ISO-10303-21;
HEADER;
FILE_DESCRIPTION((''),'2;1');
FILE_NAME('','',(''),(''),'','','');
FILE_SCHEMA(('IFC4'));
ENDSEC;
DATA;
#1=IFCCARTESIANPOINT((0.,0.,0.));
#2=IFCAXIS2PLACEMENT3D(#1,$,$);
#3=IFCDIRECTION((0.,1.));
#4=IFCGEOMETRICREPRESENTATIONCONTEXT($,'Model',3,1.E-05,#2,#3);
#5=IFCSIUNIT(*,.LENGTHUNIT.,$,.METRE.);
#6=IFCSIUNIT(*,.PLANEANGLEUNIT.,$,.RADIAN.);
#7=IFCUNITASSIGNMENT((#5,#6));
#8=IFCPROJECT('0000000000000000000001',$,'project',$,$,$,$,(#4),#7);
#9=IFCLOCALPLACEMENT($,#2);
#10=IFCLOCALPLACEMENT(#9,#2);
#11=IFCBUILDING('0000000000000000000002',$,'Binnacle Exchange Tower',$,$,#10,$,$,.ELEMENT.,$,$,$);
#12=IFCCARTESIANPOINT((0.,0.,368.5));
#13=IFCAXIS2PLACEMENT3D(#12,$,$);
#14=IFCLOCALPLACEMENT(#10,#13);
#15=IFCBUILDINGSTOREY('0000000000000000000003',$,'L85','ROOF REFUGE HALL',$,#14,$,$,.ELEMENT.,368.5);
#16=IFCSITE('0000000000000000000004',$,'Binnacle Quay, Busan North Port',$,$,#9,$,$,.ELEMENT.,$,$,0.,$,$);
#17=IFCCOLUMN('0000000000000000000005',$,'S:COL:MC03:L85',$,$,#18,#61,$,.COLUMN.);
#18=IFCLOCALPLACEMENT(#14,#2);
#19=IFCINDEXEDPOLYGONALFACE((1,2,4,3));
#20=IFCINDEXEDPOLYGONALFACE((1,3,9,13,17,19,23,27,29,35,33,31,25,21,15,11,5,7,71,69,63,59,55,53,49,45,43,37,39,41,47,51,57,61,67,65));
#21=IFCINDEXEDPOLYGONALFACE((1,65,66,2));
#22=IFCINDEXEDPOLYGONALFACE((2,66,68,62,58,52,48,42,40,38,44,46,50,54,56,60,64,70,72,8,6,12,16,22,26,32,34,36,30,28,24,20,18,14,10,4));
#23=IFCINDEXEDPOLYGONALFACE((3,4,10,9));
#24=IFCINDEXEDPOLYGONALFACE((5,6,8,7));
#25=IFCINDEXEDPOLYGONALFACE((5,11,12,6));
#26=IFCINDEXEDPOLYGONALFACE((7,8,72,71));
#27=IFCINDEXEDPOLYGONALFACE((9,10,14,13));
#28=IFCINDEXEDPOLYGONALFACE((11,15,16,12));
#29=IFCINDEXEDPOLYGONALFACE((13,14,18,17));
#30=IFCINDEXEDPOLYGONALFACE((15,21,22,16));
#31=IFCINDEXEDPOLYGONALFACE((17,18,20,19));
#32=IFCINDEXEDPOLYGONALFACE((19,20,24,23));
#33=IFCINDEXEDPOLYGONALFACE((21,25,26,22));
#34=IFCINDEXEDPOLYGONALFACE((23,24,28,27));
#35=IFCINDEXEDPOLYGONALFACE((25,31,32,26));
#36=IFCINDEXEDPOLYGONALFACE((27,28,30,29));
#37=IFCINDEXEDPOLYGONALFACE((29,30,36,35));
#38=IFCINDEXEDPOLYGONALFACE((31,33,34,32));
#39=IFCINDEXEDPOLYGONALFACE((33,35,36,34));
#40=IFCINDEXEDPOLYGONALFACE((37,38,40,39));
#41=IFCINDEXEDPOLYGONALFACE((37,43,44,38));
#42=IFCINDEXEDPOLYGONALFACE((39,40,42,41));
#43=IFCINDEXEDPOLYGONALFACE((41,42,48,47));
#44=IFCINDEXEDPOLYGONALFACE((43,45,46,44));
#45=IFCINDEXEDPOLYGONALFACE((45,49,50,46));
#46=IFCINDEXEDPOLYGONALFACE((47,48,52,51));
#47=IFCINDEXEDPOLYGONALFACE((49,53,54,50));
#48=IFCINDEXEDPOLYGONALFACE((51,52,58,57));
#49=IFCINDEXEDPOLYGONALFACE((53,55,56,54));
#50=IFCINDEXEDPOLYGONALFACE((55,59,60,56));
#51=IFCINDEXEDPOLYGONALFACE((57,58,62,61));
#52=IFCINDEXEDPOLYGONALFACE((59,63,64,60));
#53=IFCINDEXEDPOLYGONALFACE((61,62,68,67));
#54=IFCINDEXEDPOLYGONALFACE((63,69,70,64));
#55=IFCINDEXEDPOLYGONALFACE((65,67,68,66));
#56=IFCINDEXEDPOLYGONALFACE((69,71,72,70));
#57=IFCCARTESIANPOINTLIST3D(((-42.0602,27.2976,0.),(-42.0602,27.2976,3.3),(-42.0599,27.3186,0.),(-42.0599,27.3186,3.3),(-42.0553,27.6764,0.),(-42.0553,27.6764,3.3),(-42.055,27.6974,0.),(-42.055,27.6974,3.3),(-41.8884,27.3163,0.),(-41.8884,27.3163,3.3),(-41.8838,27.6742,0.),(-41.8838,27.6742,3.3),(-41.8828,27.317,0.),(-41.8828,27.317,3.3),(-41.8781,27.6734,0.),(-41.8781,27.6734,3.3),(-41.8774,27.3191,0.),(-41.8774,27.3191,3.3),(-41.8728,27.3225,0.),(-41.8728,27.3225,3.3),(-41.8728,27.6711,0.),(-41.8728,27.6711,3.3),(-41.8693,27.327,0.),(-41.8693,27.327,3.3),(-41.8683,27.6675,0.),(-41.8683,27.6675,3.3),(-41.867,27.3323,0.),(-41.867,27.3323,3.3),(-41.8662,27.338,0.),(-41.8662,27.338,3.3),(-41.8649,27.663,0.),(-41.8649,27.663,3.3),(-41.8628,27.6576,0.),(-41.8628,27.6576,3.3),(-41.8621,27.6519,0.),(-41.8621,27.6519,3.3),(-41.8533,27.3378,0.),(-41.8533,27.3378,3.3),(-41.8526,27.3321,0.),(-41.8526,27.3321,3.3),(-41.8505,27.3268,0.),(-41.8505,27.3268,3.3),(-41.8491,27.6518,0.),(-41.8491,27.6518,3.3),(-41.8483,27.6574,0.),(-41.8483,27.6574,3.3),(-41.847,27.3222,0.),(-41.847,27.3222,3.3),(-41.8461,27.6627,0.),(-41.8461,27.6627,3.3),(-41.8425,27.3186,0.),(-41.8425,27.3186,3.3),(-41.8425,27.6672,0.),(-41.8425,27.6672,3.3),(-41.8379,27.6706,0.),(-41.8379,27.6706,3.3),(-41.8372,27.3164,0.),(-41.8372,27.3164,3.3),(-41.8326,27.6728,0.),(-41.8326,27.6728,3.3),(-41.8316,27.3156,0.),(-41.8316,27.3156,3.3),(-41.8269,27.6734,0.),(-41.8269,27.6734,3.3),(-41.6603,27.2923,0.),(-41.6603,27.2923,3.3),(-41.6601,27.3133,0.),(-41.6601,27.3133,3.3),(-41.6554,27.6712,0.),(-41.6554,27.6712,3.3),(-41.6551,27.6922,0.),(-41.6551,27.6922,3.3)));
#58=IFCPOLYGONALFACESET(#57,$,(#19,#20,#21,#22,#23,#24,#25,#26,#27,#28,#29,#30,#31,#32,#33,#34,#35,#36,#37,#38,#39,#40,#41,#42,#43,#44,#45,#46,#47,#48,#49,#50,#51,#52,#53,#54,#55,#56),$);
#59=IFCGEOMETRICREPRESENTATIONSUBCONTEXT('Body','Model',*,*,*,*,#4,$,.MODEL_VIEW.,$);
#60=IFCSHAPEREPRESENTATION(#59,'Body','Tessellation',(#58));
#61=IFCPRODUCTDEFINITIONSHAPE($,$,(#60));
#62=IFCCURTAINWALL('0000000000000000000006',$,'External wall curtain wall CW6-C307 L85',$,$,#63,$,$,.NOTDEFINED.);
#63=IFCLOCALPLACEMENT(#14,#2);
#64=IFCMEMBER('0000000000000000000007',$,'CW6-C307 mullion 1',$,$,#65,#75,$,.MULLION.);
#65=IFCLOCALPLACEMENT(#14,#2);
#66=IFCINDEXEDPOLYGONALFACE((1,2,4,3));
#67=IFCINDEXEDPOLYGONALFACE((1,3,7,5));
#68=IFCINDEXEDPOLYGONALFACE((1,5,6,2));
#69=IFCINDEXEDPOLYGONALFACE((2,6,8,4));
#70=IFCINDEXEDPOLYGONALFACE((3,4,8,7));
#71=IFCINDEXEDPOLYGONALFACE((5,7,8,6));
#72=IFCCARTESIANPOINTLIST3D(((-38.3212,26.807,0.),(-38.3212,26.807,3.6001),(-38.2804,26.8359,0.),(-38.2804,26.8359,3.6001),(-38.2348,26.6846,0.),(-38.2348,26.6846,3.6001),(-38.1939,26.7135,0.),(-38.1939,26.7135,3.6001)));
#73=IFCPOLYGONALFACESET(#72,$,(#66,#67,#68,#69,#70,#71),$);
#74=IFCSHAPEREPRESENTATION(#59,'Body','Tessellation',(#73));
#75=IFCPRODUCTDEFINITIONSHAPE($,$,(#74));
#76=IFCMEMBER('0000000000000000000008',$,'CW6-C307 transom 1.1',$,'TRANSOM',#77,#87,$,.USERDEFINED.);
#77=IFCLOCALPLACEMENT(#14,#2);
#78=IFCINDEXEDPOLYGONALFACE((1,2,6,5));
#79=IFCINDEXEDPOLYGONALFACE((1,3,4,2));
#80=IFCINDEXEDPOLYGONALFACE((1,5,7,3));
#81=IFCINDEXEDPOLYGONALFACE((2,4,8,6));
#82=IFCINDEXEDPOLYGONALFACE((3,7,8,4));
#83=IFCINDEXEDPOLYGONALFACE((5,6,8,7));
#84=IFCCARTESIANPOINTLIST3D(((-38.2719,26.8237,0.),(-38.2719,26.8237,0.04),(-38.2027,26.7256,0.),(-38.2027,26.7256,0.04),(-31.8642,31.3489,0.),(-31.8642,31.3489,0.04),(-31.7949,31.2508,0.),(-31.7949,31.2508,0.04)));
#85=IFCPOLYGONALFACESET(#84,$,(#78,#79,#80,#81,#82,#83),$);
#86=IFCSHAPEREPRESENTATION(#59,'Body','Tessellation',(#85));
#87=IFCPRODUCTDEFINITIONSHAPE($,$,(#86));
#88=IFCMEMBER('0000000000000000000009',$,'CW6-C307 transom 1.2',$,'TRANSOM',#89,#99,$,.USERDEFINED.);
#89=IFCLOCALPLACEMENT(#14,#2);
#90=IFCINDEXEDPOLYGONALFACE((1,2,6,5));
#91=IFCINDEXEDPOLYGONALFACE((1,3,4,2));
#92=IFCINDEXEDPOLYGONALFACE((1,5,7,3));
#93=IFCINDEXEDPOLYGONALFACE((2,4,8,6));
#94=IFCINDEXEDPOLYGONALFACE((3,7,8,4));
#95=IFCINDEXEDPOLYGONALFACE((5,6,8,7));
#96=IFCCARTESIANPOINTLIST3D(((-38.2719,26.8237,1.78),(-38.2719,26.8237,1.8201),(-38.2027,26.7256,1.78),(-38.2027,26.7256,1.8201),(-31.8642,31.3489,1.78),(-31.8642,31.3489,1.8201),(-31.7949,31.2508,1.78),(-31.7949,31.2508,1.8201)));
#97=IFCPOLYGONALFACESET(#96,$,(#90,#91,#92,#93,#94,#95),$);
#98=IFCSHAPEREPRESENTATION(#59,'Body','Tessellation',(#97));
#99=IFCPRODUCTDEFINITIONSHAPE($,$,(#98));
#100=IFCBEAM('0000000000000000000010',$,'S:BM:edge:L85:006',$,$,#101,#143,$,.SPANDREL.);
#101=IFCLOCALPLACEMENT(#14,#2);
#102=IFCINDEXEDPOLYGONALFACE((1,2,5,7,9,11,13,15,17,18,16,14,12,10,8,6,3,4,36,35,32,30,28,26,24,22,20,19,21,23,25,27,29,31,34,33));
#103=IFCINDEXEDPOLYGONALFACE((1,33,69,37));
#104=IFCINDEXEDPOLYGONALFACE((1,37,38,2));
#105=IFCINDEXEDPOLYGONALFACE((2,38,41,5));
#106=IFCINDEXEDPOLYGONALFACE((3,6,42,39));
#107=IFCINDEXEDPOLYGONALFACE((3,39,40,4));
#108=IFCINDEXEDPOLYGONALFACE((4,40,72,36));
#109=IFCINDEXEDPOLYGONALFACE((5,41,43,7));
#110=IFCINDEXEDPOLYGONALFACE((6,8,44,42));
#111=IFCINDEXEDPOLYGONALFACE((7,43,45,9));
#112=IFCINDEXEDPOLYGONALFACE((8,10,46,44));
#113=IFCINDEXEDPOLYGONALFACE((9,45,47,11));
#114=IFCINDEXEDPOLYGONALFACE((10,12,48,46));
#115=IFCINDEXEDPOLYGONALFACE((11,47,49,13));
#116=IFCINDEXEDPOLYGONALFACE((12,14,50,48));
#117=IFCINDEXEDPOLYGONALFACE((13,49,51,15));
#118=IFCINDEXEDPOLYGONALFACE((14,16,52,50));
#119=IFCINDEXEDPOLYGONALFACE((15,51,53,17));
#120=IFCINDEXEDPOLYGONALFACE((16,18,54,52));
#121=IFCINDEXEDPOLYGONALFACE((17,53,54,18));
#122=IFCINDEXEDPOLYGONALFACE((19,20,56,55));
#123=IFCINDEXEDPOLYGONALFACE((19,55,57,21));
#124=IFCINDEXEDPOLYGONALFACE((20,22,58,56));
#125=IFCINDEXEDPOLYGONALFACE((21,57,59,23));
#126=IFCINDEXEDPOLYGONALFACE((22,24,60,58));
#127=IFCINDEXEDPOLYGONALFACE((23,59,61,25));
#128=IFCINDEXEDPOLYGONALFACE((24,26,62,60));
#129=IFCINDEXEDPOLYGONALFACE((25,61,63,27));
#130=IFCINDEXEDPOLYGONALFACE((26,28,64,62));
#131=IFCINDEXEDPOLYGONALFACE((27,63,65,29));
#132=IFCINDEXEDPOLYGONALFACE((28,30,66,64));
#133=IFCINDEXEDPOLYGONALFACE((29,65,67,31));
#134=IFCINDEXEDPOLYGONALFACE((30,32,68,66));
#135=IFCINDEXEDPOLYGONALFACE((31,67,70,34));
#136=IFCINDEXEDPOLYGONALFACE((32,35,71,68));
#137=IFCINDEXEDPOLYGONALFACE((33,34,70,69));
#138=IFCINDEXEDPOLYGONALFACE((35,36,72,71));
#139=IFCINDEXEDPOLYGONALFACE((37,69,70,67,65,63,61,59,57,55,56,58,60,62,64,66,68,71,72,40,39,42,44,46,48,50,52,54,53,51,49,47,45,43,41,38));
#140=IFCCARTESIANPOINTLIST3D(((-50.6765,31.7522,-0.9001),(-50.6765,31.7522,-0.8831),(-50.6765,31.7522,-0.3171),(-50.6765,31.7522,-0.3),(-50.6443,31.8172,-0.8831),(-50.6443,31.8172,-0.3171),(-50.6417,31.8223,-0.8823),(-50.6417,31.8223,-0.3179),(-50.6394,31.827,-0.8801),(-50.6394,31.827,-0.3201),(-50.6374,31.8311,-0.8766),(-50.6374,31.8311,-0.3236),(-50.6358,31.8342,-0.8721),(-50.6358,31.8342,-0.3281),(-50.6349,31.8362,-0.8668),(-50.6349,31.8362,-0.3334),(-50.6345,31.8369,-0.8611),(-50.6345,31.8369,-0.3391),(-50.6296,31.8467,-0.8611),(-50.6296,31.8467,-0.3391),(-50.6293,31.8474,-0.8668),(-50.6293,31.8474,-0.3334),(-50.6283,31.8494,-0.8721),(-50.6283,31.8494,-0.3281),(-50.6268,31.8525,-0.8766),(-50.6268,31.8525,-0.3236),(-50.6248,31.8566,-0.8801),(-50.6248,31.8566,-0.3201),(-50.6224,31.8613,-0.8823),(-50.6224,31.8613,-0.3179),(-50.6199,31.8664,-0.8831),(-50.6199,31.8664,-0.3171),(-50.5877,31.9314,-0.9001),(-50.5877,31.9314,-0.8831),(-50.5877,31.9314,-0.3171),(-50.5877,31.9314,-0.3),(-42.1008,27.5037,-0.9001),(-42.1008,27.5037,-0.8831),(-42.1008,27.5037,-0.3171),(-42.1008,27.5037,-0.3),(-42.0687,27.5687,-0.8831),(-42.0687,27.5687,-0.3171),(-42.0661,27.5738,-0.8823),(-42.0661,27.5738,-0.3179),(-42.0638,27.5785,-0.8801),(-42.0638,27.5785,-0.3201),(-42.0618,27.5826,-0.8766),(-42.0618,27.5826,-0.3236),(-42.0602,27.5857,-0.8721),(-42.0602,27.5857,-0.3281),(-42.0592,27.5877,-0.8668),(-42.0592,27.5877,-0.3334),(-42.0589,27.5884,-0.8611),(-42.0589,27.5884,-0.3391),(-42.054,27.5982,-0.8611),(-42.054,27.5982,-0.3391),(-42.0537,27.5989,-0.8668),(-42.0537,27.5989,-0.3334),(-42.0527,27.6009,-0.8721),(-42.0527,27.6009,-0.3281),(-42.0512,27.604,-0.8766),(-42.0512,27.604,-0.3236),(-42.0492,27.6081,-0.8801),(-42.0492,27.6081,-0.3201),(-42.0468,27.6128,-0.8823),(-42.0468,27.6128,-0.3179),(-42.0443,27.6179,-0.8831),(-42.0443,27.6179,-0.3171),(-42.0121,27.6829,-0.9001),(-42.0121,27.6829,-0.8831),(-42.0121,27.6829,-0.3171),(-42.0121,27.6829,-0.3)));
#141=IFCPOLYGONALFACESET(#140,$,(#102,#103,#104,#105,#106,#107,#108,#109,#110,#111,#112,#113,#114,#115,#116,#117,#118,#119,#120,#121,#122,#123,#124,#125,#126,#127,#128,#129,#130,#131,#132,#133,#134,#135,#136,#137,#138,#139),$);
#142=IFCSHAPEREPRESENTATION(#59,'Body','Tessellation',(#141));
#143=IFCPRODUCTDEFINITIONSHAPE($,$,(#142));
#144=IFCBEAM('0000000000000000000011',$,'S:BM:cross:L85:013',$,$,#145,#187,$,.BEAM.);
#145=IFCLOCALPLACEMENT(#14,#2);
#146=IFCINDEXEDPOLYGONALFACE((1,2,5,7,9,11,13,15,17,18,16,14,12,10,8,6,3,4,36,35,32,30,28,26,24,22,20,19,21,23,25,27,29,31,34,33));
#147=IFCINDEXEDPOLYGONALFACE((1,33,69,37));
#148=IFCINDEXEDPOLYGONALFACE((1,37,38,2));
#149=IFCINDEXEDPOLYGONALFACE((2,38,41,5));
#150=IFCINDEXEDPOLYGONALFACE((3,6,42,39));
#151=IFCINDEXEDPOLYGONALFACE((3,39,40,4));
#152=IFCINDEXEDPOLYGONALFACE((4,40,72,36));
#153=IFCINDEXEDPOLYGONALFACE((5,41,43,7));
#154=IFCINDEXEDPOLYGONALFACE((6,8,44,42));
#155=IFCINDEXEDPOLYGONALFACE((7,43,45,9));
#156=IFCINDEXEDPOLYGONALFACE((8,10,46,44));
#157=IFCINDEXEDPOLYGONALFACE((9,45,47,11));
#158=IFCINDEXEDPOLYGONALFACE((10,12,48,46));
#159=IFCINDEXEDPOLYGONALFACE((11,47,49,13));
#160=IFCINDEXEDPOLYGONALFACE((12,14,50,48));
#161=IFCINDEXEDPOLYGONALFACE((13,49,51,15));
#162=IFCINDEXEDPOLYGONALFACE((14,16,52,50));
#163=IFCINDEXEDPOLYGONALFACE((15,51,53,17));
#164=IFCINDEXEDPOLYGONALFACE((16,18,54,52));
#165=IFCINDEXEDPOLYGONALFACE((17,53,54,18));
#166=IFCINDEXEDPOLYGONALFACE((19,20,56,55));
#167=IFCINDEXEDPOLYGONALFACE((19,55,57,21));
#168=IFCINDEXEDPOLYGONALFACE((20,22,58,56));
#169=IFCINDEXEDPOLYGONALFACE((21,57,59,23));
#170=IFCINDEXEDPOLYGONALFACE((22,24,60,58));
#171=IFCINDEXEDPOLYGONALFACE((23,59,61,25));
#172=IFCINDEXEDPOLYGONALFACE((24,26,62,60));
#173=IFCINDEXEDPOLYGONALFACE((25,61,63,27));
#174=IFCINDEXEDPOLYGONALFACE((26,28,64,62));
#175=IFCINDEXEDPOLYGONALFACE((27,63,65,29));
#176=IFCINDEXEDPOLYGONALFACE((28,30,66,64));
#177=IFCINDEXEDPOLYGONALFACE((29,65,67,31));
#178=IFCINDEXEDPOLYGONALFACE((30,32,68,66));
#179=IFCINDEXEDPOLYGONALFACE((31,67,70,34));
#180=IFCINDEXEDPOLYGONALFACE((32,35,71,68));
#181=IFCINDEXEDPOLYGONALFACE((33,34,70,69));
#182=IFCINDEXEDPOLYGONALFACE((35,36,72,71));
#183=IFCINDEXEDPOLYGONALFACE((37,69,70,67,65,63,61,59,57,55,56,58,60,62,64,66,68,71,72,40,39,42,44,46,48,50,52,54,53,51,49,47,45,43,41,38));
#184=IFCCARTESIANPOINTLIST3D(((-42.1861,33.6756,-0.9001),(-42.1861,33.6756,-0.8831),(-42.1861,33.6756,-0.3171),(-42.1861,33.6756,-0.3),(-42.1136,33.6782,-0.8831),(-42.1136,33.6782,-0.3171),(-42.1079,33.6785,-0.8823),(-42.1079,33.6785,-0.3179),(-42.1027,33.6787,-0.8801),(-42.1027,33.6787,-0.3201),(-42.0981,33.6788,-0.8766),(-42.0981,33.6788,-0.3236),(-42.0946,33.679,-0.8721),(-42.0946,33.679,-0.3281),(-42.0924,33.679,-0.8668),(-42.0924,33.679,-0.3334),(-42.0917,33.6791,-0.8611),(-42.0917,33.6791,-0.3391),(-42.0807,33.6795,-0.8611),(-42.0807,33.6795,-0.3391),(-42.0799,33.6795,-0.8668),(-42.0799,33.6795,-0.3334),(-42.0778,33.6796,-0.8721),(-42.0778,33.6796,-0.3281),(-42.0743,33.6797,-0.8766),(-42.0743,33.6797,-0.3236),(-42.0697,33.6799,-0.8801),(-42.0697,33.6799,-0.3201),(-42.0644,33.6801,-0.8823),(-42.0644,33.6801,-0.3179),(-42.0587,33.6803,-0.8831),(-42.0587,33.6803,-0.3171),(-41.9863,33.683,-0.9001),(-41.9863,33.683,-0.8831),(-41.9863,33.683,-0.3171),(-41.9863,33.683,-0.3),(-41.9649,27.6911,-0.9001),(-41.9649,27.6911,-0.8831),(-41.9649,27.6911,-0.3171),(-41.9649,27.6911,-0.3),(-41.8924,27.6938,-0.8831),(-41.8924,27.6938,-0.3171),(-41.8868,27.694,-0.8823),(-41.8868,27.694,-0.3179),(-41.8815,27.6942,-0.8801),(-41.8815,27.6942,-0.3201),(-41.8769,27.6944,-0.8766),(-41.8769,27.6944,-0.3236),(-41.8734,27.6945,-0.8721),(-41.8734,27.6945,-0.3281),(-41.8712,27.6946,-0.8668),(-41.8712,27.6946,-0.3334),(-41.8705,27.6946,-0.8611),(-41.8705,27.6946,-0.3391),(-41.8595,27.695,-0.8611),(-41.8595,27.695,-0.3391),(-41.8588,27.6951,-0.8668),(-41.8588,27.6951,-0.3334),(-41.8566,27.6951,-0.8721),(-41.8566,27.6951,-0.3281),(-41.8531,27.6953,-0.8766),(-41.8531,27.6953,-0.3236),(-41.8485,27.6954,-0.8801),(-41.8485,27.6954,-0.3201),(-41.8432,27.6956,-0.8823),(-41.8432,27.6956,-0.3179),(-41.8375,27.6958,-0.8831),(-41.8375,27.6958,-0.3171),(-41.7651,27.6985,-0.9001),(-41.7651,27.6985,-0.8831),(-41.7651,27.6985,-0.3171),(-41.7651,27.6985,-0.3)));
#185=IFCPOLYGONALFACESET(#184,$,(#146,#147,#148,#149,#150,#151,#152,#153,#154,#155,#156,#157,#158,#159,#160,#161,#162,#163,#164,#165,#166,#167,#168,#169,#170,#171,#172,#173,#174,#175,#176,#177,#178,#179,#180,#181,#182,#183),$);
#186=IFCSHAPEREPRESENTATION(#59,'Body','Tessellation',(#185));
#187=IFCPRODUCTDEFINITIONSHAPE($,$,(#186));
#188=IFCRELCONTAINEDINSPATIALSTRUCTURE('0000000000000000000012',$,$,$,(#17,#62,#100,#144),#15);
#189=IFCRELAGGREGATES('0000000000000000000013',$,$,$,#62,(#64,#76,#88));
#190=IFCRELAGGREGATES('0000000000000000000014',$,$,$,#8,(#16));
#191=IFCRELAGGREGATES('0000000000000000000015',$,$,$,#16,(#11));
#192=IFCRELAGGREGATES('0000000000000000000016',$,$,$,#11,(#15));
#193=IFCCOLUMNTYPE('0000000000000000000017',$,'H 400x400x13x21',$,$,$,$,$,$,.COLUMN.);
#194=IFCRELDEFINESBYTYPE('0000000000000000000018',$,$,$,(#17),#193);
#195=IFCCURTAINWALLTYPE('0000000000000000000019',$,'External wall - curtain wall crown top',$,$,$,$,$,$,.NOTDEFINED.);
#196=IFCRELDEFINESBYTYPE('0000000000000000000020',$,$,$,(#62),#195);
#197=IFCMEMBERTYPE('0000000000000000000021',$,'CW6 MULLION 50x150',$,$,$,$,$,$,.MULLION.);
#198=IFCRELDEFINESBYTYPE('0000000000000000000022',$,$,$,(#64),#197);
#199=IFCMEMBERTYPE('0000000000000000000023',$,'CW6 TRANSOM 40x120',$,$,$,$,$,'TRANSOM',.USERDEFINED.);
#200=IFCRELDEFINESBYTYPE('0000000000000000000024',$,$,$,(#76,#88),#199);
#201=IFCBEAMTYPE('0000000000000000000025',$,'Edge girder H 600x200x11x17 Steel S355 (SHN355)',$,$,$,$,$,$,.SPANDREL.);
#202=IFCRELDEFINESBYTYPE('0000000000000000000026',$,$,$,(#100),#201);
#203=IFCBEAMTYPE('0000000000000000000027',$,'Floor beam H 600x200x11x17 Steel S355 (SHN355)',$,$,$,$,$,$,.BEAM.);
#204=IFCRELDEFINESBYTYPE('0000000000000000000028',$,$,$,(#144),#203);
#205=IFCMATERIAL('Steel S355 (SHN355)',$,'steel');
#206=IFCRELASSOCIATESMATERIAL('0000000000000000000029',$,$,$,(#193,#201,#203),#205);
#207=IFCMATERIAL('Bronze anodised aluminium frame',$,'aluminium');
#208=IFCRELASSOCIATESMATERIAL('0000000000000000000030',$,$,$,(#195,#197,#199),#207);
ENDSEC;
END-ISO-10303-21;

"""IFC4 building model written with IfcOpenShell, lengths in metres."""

from ifc_helpers import new_model, si_unit, direction, frame, origin, origin_2d, place, context, subcontext, project, spatial, rectangle, i_section, extrude, material, material_profile, profile_set, type_object, element, aggregate, save


model = new_model("IFC4")

# Units and contexts
model_context = context("Model", 3, precision=1e-05, world=origin(), true_north=direction((0.0, 1.0)))
body_context = subcontext(model_context, "Body", "Model", "MODEL_VIEW")
ifc_project = project(units=[si_unit("LENGTHUNIT", "METRE"), si_unit("PLANEANGLEUNIT", "RADIAN")], contexts=[model_context])

# Site, building, storey
site_placement = place(None, origin())
site = spatial("IfcSite", under=ifc_project, at=site_placement, Name="Binnacle Quay, Busan North Port", CompositionType="ELEMENT", RefElevation=0.0)
building_placement = place(site_placement, origin())
building = spatial("IfcBuilding", under=site, at=building_placement, Name="Binnacle Exchange Tower", CompositionType="ELEMENT")
storey_placement = place(building_placement, frame((0.0, 0.0, 368.5)))
storey = spatial("IfcBuildingStorey", under=building, at=storey_placement, Name="L85", Description="ROOF REFUGE HALL", CompositionType="ELEMENT", Elevation=368.5)

# Column
ifc_material_1 = material(Name="Steel S355 (SHN355)", Category="steel")
ifc_material_profile_1 = material_profile(ifc_material_1, i_section(OverallWidth=0.3999, OverallDepth=0.3999, WebThickness=0.0129, FlangeThickness=0.021, FilletRadius=0.022, at=origin_2d()), Name="H 400x400x13x21")
ifc_profile_set_1 = profile_set([ifc_material_profile_1], Name="Steel S355 (SHN355)")
column_type = type_object("IfcColumnType", Name="H 400x400x13x21", PredefinedType="COLUMN", material=ifc_profile_set_1)
column_placement = place(storey_placement, frame((-41.8577, 27.4949, 0.0), z_axis=(0.0, 0.0, 1.0), x_axis=(0.999914, -0.01309, 0.0)))
element("IfcColumn", 1, at=column_placement, inside=storey, type_object=column_type, Name="S:COL:MC03:L85", PredefinedType="COLUMN", context=body_context, shape_type="SweptSolid", body=[
    extrude(i_section(OverallWidth=0.3999, OverallDepth=0.3999, WebThickness=0.0129, FlangeThickness=0.021, FilletRadius=0.022, at=origin_2d()), origin(), (0.0, 0.0, 1.0), 3.3),
])

# Curtain wall, members
ifc_material_2 = material(Name="Bronze anodised aluminium frame", Category="aluminium")
curtain_wall_type = type_object("IfcCurtainWallType", Name="External wall - curtain wall crown top", PredefinedType="NOTDEFINED", material=ifc_material_2)
curtain_wall_placement = place(storey_placement, origin())
curtain_wall = element("IfcCurtainWall", 2, at=curtain_wall_placement, inside=storey, type_object=curtain_wall_type, Name="External wall curtain wall CW6-C307 L85", PredefinedType="NOTDEFINED")
ifc_material_profile_2 = material_profile(ifc_material_2, rectangle(XDim=0.1499, YDim=0.05, at=origin_2d()), Name="AL 50x150")
ifc_profile_set_2 = profile_set([ifc_material_profile_2], Name="Bronze anodised aluminium frame")
member_type_1 = type_object("IfcMemberType", Name="CW6 MULLION 50x150", PredefinedType="MULLION", material=ifc_profile_set_2)
member_1_placement = place(storey_placement, frame((-38.2576, 26.7603, 0.0), z_axis=(0.0, 0.0, 1.0), x_axis=(-0.576854, 0.816847, 0.0)))
member_1 = element("IfcMember", 3, at=member_1_placement, type_object=member_type_1, Name="CW6-C307 mullion 1", PredefinedType="MULLION", context=body_context, shape_type="SweptSolid", body=[
    extrude(rectangle(XDim=0.1499, YDim=0.05, at=origin_2d()), origin(), (0.0, 0.0, 1.0), 3.6001),
])
ifc_material_profile_3 = material_profile(ifc_material_2, rectangle(XDim=0.1201, YDim=0.04, at=origin_2d()), Name="AL 120x40")
ifc_profile_set_3 = profile_set([ifc_material_profile_3], Name="Bronze anodised aluminium frame")
member_type_2 = type_object("IfcMemberType", Name="CW6 TRANSOM 40x120", ElementType="TRANSOM", PredefinedType="USERDEFINED", material=ifc_profile_set_3)
member_2_placement = place(storey_placement, frame((-38.2373, 26.7747, 0.02), z_axis=(0.816845, 0.576858, 0.0), x_axis=(-0.576858, 0.816845, 0.0)))
member_2 = element("IfcMember", 4, at=member_2_placement, type_object=member_type_2, Name="CW6-C307 transom 1.1", ObjectType="TRANSOM", PredefinedType="USERDEFINED", context=body_context, shape_type="SweptSolid", body=[
    extrude(rectangle(XDim=0.1201, YDim=0.04, at=origin_2d()), origin(), (0.0, 0.0, 1.0), 7.8445),
])
member_3_placement = place(storey_placement, frame((-38.2373, 26.7747, 1.8), z_axis=(0.816845, 0.576858, 0.0), x_axis=(-0.576858, 0.816845, 0.0)))
member_3 = element("IfcMember", 5, at=member_3_placement, type_object=member_type_2, Name="CW6-C307 transom 1.2", ObjectType="TRANSOM", PredefinedType="USERDEFINED", context=body_context, shape_type="SweptSolid", body=[
    extrude(rectangle(XDim=0.1201, YDim=0.04, at=origin_2d()), origin(), (0.0, 0.0, 1.0), 7.8445),
])
aggregate(curtain_wall, [member_1, member_2, member_3])

# Beams
ifc_material_profile_4 = material_profile(ifc_material_1, i_section(OverallWidth=0.2, OverallDepth=0.6001, WebThickness=0.011, FlangeThickness=0.0171, FilletRadius=0.022, at=origin_2d()), Name="H 600x200x11x17")
ifc_profile_set_4 = profile_set([ifc_material_profile_4], Name="Steel S355 (SHN355)")
beam_type_1 = type_object("IfcBeamType", Name="Edge girder H 600x200x11x17 Steel S355 (SHN355)", PredefinedType="SPANDREL", material=ifc_profile_set_4)
beam_1_placement = place(storey_placement, frame((-50.6321, 31.8418, -0.6001), z_axis=(0.896064, -0.443925, 0.0), x_axis=(0.443925, 0.896064, 0.0)))
element("IfcBeam", 6, at=beam_1_placement, inside=storey, type_object=beam_type_1, Name="S:BM:edge:L85:006", PredefinedType="SPANDREL", context=body_context, shape_type="SweptSolid", body=[
    extrude(i_section(OverallWidth=0.2, OverallDepth=0.6001, WebThickness=0.011, FlangeThickness=0.0171, FilletRadius=0.022, at=origin_2d()), origin(), (0.0, 0.0, 1.0), 9.5703),
])
ifc_material_profile_5 = material_profile(ifc_material_1, i_section(OverallWidth=0.2, OverallDepth=0.6001, WebThickness=0.011, FlangeThickness=0.0171, FilletRadius=0.022, at=origin_2d()), Name="H 600x200x11x17")
ifc_profile_set_5 = profile_set([ifc_material_profile_5], Name="Steel S355 (SHN355)")
beam_type_2 = type_object("IfcBeamType", Name="Floor beam H 600x200x11x17 Steel S355 (SHN355)", PredefinedType="BEAM", material=ifc_profile_set_5)
beam_2_placement = place(storey_placement, frame((-41.865, 27.6948, -0.6001), z_axis=(-0.036936, 0.999318, 0.0), x_axis=(-0.999318, -0.036936, 0.0)))
element("IfcBeam", 7, at=beam_2_placement, inside=storey, type_object=beam_type_2, Name="S:BM:cross:L85:013", PredefinedType="BEAM", context=body_context, shape_type="SweptSolid", body=[
    extrude(i_section(OverallWidth=0.2, OverallDepth=0.6001, WebThickness=0.011, FlangeThickness=0.0171, FilletRadius=0.022, at=origin_2d()), origin(), (0.0, 0.0, 1.0), 5.9885),
])

save(model, "model.ifc")
